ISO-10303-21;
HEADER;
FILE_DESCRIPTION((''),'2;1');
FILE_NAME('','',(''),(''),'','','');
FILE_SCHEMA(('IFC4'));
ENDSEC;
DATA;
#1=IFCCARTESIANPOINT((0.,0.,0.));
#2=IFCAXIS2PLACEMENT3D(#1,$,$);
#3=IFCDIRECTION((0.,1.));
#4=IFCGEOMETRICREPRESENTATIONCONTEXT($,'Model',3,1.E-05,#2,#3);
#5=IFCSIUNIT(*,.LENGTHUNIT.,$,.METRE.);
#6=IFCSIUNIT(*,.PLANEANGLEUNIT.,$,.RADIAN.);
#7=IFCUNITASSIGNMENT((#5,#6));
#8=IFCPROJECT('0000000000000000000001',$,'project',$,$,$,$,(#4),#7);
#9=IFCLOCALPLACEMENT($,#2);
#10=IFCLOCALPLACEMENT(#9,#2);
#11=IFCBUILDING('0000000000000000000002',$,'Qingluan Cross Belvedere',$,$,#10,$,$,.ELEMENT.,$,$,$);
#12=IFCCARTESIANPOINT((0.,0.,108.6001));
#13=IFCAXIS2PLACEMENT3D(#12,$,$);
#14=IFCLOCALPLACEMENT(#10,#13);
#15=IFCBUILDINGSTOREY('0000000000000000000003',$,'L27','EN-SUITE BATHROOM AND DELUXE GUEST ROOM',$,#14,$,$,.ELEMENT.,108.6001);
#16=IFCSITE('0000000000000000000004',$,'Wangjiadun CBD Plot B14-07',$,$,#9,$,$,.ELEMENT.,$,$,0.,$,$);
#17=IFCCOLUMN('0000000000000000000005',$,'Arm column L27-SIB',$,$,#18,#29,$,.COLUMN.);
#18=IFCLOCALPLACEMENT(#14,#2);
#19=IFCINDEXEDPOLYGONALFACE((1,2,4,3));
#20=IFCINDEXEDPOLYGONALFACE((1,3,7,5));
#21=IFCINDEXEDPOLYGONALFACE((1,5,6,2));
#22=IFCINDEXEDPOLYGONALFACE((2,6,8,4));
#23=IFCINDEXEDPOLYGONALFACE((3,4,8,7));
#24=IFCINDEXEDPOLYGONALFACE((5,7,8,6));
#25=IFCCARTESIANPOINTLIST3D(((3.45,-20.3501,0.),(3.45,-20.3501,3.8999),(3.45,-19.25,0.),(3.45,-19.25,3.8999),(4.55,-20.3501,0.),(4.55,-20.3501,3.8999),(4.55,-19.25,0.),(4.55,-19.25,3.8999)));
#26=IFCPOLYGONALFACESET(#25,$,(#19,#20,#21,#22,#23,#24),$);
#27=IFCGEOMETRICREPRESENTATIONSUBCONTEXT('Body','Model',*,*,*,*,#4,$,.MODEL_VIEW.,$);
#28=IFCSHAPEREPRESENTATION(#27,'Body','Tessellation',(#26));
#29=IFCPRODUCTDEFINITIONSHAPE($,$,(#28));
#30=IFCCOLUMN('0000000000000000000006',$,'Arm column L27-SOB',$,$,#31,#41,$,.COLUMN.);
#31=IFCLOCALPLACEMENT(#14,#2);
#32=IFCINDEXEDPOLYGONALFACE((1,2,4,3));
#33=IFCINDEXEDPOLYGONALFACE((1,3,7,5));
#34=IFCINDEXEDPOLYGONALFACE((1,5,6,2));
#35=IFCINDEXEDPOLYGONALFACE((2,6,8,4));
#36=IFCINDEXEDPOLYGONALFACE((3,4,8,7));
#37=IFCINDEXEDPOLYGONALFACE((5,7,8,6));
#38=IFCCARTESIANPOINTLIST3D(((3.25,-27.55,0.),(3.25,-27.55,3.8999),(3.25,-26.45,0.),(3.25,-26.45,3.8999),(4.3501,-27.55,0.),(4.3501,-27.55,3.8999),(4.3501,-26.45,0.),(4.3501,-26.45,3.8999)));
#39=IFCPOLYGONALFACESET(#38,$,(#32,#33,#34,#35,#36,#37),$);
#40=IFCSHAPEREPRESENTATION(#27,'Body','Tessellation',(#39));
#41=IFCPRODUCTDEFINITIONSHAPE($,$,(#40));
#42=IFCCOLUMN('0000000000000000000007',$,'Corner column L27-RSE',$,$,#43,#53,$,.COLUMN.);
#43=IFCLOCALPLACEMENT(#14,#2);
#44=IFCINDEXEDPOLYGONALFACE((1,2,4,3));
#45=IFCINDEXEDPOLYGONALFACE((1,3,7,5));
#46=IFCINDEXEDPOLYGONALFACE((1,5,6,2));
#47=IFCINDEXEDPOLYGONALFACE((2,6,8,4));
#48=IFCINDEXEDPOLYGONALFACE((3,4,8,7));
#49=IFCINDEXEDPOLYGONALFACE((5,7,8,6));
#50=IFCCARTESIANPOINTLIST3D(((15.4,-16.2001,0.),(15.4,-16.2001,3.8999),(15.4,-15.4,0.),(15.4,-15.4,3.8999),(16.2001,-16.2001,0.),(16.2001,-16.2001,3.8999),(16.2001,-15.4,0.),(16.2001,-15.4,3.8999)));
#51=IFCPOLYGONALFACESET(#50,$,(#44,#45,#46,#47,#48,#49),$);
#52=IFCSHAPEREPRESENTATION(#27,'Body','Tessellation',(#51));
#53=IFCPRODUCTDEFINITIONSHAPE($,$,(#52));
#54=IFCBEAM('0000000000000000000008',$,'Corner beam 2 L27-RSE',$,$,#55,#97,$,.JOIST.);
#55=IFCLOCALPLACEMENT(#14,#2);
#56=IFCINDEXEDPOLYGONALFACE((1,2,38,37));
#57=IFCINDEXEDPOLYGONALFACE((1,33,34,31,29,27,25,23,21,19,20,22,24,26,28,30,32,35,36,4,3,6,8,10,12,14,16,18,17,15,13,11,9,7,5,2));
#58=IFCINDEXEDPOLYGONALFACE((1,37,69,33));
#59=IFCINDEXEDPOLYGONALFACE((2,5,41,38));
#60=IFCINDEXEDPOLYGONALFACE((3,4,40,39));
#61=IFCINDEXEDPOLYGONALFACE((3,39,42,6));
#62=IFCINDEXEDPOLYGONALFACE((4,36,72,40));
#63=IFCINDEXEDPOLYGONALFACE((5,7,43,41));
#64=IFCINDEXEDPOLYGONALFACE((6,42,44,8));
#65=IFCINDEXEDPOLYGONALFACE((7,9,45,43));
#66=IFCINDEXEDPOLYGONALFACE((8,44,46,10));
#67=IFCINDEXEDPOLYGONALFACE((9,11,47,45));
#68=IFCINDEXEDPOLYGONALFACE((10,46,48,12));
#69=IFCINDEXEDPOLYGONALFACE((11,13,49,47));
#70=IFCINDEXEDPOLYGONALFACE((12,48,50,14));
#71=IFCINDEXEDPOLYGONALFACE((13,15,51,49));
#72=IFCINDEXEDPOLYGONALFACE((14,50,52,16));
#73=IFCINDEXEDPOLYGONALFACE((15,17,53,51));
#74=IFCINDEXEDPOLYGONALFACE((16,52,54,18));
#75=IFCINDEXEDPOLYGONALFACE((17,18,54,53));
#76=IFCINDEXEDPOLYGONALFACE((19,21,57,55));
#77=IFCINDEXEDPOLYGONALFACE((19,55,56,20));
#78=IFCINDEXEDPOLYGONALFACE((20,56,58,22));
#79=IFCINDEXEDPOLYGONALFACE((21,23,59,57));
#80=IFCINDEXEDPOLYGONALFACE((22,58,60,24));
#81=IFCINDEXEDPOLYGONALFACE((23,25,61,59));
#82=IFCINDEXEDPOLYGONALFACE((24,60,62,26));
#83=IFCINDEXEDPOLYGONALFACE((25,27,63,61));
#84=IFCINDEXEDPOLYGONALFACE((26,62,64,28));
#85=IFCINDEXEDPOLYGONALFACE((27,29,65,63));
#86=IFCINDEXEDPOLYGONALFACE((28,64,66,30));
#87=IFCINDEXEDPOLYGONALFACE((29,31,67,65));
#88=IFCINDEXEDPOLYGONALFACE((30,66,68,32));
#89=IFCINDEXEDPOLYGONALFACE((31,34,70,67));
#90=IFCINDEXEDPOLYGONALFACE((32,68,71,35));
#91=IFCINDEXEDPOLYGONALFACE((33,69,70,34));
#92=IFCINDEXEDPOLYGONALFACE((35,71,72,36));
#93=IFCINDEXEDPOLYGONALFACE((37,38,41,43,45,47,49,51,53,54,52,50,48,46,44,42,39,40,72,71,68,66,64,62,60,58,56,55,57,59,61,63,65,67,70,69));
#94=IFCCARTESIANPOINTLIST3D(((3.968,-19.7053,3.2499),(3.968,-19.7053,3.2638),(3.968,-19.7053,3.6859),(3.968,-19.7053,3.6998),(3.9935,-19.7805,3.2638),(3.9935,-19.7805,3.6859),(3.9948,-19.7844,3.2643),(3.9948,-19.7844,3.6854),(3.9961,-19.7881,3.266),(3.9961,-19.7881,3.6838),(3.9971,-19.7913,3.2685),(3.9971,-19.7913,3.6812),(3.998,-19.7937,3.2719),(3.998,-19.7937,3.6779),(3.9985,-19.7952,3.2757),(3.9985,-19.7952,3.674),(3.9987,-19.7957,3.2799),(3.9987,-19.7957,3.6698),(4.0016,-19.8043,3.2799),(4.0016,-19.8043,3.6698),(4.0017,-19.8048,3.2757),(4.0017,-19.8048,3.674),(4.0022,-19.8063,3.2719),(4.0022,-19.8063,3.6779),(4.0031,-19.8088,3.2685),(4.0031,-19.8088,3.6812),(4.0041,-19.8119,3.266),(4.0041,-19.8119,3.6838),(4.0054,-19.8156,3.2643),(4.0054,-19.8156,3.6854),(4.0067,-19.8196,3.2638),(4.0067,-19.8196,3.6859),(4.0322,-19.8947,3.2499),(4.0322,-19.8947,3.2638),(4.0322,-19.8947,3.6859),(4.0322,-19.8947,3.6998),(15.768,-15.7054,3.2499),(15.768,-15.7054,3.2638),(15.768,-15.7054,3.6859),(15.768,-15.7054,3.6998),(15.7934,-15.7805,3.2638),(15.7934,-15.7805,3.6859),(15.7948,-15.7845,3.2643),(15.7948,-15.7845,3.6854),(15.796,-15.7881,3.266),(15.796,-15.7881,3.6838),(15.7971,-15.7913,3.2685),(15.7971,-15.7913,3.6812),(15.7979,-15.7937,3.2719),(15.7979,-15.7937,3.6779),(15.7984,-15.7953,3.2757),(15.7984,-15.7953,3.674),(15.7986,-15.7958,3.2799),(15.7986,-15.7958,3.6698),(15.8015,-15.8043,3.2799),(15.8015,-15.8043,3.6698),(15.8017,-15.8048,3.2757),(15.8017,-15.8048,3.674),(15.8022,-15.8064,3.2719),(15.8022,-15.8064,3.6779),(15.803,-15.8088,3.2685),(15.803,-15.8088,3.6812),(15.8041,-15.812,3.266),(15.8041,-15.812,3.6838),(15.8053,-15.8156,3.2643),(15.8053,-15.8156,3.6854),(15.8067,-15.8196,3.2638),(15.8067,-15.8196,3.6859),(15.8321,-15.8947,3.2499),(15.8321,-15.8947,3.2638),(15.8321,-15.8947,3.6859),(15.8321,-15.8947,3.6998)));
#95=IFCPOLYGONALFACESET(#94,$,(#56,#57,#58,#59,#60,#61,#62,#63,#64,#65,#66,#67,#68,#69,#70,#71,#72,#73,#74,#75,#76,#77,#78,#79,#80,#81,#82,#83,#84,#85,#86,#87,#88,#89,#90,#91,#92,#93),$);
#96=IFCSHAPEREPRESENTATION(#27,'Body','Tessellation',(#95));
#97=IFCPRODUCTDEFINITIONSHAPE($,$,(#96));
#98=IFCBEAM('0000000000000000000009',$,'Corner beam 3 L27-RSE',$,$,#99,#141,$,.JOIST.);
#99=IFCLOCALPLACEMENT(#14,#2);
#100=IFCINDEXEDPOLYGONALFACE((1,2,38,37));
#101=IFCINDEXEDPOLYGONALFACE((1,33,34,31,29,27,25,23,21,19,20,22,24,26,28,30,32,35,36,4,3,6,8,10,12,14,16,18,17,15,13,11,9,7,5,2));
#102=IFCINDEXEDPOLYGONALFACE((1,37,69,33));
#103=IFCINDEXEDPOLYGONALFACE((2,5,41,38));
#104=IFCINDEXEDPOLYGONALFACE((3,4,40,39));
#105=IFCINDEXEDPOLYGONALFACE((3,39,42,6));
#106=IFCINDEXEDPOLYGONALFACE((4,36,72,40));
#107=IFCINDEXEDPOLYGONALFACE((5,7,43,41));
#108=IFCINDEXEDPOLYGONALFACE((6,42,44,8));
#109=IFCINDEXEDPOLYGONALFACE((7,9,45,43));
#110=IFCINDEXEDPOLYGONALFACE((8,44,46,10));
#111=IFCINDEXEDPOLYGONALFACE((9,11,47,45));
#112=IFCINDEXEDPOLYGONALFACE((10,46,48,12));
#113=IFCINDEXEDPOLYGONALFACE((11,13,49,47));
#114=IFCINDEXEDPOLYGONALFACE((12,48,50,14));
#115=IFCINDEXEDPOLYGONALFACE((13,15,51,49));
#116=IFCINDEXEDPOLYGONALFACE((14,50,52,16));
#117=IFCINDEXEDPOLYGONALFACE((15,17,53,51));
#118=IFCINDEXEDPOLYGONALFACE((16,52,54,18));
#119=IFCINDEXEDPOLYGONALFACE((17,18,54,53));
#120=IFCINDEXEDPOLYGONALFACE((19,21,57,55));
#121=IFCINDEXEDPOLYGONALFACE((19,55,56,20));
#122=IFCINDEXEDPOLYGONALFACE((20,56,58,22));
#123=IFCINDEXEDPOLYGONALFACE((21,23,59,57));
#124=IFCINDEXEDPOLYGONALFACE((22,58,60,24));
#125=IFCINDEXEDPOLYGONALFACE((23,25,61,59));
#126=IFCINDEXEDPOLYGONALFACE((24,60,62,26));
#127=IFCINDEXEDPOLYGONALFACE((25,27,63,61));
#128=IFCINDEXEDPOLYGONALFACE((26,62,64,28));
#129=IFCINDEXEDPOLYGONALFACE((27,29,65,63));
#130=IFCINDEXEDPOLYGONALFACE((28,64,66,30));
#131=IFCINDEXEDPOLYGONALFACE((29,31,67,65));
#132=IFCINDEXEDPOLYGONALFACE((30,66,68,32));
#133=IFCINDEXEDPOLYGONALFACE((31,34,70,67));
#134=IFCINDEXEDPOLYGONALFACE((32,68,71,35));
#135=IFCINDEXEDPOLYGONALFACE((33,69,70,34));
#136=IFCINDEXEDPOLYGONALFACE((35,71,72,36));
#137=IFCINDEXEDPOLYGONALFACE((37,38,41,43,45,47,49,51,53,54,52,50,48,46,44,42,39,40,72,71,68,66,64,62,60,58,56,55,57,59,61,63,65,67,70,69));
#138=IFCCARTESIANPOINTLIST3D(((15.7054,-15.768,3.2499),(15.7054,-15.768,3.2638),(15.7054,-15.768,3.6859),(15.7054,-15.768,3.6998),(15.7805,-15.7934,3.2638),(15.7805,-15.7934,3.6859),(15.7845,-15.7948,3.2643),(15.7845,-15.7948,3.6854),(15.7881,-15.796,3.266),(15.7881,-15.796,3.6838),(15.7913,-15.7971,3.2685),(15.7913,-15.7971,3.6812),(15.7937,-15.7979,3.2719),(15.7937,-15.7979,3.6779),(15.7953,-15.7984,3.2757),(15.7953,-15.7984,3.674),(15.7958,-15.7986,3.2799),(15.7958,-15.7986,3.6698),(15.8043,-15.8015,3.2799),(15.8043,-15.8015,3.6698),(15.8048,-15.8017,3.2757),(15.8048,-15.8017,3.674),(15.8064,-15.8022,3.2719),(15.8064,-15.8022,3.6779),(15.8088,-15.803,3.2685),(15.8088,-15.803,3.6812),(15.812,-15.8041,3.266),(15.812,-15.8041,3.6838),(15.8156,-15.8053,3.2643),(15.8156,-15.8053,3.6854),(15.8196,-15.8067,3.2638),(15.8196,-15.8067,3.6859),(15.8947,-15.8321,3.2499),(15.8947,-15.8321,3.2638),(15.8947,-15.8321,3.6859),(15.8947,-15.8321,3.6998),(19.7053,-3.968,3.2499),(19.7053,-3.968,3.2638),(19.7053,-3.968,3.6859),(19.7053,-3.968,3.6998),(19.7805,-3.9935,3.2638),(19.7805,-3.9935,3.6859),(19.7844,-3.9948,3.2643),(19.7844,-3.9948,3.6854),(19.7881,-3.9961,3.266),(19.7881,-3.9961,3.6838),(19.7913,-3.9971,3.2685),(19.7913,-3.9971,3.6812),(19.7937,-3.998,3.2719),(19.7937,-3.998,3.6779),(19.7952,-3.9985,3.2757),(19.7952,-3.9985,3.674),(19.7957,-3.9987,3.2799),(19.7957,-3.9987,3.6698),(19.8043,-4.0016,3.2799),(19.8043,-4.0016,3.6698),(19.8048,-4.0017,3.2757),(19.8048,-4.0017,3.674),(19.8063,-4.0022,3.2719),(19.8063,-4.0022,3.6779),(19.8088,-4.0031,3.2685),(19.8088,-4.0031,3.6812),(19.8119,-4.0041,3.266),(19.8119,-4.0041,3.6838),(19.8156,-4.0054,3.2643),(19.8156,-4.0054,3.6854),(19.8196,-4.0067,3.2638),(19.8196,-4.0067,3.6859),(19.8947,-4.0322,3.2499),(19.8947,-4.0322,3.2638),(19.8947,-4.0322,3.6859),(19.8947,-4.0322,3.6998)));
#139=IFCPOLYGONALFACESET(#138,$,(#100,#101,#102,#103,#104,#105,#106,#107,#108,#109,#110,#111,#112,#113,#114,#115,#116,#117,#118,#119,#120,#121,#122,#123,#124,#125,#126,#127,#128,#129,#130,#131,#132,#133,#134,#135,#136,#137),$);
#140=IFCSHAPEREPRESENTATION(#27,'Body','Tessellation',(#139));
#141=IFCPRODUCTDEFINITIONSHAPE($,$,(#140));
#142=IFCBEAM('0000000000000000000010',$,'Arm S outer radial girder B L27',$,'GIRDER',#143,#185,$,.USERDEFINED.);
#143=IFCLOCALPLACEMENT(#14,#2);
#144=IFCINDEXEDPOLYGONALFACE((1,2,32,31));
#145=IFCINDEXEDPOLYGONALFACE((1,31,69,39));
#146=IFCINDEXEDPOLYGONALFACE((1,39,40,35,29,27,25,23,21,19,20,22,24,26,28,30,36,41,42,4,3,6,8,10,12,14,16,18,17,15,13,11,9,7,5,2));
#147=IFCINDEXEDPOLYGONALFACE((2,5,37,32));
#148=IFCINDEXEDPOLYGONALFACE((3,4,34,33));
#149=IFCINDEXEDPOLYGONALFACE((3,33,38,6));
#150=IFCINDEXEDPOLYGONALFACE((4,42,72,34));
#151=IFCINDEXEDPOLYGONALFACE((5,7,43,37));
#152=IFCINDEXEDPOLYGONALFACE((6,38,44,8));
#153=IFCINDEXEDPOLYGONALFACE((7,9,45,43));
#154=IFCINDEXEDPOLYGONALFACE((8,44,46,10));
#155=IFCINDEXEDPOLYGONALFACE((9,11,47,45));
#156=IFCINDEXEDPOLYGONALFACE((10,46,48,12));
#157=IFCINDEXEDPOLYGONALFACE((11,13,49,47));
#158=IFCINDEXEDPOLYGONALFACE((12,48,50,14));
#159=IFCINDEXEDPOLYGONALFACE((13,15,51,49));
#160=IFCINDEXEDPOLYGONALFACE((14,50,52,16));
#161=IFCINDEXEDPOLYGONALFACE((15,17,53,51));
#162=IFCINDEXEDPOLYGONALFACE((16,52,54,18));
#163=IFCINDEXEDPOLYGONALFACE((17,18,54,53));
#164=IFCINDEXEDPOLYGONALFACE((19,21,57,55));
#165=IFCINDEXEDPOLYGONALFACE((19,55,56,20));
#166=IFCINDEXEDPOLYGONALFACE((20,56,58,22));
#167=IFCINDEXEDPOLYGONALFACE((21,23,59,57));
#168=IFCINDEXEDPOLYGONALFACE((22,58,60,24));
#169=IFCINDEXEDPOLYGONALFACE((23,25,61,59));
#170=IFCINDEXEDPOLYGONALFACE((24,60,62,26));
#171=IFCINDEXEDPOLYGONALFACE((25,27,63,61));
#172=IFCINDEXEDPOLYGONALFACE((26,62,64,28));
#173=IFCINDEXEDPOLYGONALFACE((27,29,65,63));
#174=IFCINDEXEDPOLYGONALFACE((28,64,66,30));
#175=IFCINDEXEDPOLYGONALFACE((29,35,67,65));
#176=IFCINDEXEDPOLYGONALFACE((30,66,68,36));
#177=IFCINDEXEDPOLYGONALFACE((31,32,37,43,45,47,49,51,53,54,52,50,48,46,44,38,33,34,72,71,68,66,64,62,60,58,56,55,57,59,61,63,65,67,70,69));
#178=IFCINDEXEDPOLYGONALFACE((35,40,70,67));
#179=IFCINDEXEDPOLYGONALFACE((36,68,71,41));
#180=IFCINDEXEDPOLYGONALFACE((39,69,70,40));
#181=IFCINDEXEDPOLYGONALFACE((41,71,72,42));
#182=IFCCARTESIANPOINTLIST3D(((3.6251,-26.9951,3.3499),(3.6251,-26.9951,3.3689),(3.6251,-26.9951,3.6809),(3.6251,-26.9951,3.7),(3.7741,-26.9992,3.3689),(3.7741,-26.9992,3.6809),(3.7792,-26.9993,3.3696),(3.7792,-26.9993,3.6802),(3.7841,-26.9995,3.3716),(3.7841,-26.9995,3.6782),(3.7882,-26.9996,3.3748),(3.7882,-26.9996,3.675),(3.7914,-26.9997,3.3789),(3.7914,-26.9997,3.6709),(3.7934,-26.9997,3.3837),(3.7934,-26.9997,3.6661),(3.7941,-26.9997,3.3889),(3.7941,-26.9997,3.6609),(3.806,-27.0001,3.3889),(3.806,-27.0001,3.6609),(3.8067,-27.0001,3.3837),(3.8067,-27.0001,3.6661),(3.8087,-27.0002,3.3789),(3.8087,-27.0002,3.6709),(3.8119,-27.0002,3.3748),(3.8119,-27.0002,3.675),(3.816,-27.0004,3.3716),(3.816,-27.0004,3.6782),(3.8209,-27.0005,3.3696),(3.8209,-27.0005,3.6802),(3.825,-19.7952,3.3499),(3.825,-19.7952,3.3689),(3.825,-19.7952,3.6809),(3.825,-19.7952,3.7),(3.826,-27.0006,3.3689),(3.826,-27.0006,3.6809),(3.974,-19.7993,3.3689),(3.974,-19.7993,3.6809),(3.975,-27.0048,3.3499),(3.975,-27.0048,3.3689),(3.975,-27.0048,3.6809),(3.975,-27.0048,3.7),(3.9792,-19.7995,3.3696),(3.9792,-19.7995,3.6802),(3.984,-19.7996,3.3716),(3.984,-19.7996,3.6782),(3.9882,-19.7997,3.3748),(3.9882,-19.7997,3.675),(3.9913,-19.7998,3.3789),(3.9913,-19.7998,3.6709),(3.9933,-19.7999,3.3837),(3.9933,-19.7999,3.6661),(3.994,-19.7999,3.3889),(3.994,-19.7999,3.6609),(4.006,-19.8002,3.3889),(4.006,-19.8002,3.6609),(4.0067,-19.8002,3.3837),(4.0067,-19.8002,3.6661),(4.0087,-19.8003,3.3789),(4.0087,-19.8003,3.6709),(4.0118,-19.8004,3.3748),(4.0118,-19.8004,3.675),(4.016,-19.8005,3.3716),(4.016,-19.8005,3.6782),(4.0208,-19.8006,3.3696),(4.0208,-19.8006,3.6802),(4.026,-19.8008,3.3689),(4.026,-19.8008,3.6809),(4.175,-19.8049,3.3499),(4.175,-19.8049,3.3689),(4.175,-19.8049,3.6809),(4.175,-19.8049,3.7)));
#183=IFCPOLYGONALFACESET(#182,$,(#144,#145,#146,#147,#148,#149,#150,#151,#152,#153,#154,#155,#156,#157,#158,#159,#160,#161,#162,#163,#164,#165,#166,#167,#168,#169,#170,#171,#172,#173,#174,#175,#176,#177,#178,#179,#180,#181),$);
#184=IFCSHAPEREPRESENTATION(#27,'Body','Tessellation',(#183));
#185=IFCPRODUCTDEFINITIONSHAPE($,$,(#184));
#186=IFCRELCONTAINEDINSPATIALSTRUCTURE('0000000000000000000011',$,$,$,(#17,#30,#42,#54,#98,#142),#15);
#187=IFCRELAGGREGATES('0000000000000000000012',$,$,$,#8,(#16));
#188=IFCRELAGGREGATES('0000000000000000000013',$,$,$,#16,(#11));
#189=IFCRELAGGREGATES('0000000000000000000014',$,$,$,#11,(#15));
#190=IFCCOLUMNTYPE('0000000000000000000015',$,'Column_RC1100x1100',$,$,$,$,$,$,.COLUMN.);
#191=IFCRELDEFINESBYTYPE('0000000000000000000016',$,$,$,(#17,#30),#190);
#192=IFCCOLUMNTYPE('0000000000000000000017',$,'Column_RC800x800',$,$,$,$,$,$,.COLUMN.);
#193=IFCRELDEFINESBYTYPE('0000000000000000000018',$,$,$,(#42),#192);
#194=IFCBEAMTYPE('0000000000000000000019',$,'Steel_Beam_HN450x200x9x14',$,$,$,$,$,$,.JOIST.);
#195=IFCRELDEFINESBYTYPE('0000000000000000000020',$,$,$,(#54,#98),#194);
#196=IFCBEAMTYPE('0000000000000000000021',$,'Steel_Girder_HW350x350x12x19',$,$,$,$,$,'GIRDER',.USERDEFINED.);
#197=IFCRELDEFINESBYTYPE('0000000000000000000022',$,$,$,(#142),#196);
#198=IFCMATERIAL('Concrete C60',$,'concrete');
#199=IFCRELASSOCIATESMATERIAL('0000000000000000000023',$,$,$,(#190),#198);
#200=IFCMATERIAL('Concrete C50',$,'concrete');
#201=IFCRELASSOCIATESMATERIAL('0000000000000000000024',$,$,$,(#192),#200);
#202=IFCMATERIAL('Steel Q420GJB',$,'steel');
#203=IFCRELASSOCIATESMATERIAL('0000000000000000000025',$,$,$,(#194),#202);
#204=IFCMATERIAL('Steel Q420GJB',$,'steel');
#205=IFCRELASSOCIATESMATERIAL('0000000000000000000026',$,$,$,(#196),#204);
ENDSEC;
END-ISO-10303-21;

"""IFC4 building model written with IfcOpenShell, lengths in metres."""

from ifc_helpers import new_model, si_unit, direction, frame, origin, origin_2d, place, context, subcontext, project, spatial, rectangle, i_section, extrude, material, material_profile, profile_set, type_object, element, save


model = new_model("IFC4")

# Units and contexts
model_context = context("Model", 3, precision=1e-05, world=origin(), true_north=direction((0.0, 1.0)))
body_context = subcontext(model_context, "Body", "Model", "MODEL_VIEW")
ifc_project = project(units=[si_unit("LENGTHUNIT", "METRE"), si_unit("PLANEANGLEUNIT", "RADIAN")], contexts=[model_context])

# Site, building, storey
site_placement = place(None, origin())
site = spatial("IfcSite", under=ifc_project, at=site_placement, Name="Wangjiadun CBD Plot B14-07", CompositionType="ELEMENT", RefElevation=0.0)
building_placement = place(site_placement, origin())
building = spatial("IfcBuilding", under=site, at=building_placement, Name="Qingluan Cross Belvedere", CompositionType="ELEMENT")
storey_placement = place(building_placement, frame((0.0, 0.0, 108.6001)))
storey = spatial("IfcBuildingStorey", under=building, at=storey_placement, Name="L27", Description="EN-SUITE BATHROOM AND DELUXE GUEST ROOM", CompositionType="ELEMENT", Elevation=108.6001)

# Columns
ifc_material_1 = material(Name="Concrete C60", Category="concrete")
ifc_material_profile_1 = material_profile(ifc_material_1, rectangle(XDim=1.1001, YDim=1.1001, at=origin_2d()), Name="RC1100x1100")
ifc_profile_set_1 = profile_set([ifc_material_profile_1], Name="Concrete C60")
column_type_1 = type_object("IfcColumnType", Name="Column_RC1100x1100", PredefinedType="COLUMN", material=ifc_profile_set_1)
for number, where, z_axis, x_axis, name in (
    (1, (4.0, -19.8, 0.0), (0.0, 0.0, 1.0), (1.0, 0.0, 0.0), "Arm column L27-SIB"),
    (2, (3.8, -27.0, 0.0), (0.0, 0.0, 1.0), (1.0, 0.0, 0.0), "Arm column L27-SOB"),
):
    element("IfcColumn", number, at=place(storey_placement, frame(where, z_axis=z_axis, x_axis=x_axis)), inside=storey, type_object=column_type_1, Name=name, PredefinedType="COLUMN", context=body_context, shape_type="SweptSolid", body=[
        extrude(rectangle(XDim=1.1001, YDim=1.1001, at=origin_2d()), origin(), (0.0, 0.0, 1.0), 3.8999),
    ])
ifc_material_2 = material(Name="Concrete C50", Category="concrete")
ifc_material_profile_2 = material_profile(ifc_material_2, rectangle(XDim=0.8, YDim=0.8, at=origin_2d()), Name="RC800x800")
ifc_profile_set_2 = profile_set([ifc_material_profile_2], Name="Concrete C50")
column_type_2 = type_object("IfcColumnType", Name="Column_RC800x800", PredefinedType="COLUMN", material=ifc_profile_set_2)
column_placement = place(storey_placement, frame((15.8, -15.8, 0.0), z_axis=(0.0, 0.0, 1.0), x_axis=(1.0, 0.0, 0.0)))
element("IfcColumn", 3, at=column_placement, inside=storey, type_object=column_type_2, Name="Corner column L27-RSE", PredefinedType="COLUMN", context=body_context, shape_type="SweptSolid", body=[
    extrude(rectangle(XDim=0.8, YDim=0.8, at=origin_2d()), origin(), (0.0, 0.0, 1.0), 3.8999),
])

# Beams
ifc_material_3 = material(Name="Steel Q420GJB", Category="steel")
ifc_material_profile_3 = material_profile(ifc_material_3, i_section(OverallWidth=0.2, OverallDepth=0.45, WebThickness=0.009, FlangeThickness=0.0139, FilletRadius=0.0161, at=origin_2d()), Name="HN450x200x9x14")
ifc_profile_set_3 = profile_set([ifc_material_profile_3], Name="Steel Q420GJB")
beam_type_1 = type_object("IfcBeamType", Name="Steel_Beam_HN450x200x9x14", PredefinedType="JOIST", material=ifc_profile_set_3)
for number, where, z_axis, x_axis, name in (
    (4, (15.8, -15.8, 3.4749), (-0.947066, -0.321038, 0.0), (0.321038, -0.947066, 0.0), "Corner beam 2 L27-RSE"),
    (5, (15.8, -15.8, 3.4749), (0.321038, 0.947066, 0.0), (-0.947066, 0.321038, 0.0), "Corner beam 3 L27-RSE"),
):
    element("IfcBeam", number, at=place(storey_placement, frame(where, z_axis=z_axis, x_axis=x_axis)), inside=storey, type_object=beam_type_1, Name=name, PredefinedType="JOIST", context=body_context, shape_type="SweptSolid", body=[
        extrude(i_section(OverallWidth=0.2, OverallDepth=0.45, WebThickness=0.009, FlangeThickness=0.0139, FilletRadius=0.0161, at=origin_2d()), origin(), (0.0, 0.0, 1.0), 12.4595),
    ])
ifc_material_4 = material(Name="Steel Q420GJB", Category="steel")
ifc_material_profile_4 = material_profile(ifc_material_4, i_section(OverallWidth=0.3501, OverallDepth=0.3501, WebThickness=0.012, FlangeThickness=0.019, FilletRadius=0.02, at=origin_2d()), Name="HW350x350x12x19")
ifc_profile_set_4 = profile_set([ifc_material_profile_4], Name="Steel Q420GJB")
beam_type_2 = type_object("IfcBeamType", Name="Steel_Girder_HW350x350x12x19", ElementType="GIRDER", PredefinedType="USERDEFINED", material=ifc_profile_set_4)
beam_placement = place(storey_placement, frame((4.0, -19.8, 3.5249), z_axis=(-0.02776, -0.999615, 0.0), x_axis=(0.999615, -0.02776, 0.0)))
element("IfcBeam", 6, at=beam_placement, inside=storey, type_object=beam_type_2, Name="Arm S outer radial girder B L27", ObjectType="GIRDER", PredefinedType="USERDEFINED", context=body_context, shape_type="SweptSolid", body=[
    extrude(i_section(OverallWidth=0.3501, OverallDepth=0.3501, WebThickness=0.012, FlangeThickness=0.019, FilletRadius=0.02, at=origin_2d()), origin(), (0.0, 0.0, 1.0), 7.2026),
])

save(model, "model.ifc")
